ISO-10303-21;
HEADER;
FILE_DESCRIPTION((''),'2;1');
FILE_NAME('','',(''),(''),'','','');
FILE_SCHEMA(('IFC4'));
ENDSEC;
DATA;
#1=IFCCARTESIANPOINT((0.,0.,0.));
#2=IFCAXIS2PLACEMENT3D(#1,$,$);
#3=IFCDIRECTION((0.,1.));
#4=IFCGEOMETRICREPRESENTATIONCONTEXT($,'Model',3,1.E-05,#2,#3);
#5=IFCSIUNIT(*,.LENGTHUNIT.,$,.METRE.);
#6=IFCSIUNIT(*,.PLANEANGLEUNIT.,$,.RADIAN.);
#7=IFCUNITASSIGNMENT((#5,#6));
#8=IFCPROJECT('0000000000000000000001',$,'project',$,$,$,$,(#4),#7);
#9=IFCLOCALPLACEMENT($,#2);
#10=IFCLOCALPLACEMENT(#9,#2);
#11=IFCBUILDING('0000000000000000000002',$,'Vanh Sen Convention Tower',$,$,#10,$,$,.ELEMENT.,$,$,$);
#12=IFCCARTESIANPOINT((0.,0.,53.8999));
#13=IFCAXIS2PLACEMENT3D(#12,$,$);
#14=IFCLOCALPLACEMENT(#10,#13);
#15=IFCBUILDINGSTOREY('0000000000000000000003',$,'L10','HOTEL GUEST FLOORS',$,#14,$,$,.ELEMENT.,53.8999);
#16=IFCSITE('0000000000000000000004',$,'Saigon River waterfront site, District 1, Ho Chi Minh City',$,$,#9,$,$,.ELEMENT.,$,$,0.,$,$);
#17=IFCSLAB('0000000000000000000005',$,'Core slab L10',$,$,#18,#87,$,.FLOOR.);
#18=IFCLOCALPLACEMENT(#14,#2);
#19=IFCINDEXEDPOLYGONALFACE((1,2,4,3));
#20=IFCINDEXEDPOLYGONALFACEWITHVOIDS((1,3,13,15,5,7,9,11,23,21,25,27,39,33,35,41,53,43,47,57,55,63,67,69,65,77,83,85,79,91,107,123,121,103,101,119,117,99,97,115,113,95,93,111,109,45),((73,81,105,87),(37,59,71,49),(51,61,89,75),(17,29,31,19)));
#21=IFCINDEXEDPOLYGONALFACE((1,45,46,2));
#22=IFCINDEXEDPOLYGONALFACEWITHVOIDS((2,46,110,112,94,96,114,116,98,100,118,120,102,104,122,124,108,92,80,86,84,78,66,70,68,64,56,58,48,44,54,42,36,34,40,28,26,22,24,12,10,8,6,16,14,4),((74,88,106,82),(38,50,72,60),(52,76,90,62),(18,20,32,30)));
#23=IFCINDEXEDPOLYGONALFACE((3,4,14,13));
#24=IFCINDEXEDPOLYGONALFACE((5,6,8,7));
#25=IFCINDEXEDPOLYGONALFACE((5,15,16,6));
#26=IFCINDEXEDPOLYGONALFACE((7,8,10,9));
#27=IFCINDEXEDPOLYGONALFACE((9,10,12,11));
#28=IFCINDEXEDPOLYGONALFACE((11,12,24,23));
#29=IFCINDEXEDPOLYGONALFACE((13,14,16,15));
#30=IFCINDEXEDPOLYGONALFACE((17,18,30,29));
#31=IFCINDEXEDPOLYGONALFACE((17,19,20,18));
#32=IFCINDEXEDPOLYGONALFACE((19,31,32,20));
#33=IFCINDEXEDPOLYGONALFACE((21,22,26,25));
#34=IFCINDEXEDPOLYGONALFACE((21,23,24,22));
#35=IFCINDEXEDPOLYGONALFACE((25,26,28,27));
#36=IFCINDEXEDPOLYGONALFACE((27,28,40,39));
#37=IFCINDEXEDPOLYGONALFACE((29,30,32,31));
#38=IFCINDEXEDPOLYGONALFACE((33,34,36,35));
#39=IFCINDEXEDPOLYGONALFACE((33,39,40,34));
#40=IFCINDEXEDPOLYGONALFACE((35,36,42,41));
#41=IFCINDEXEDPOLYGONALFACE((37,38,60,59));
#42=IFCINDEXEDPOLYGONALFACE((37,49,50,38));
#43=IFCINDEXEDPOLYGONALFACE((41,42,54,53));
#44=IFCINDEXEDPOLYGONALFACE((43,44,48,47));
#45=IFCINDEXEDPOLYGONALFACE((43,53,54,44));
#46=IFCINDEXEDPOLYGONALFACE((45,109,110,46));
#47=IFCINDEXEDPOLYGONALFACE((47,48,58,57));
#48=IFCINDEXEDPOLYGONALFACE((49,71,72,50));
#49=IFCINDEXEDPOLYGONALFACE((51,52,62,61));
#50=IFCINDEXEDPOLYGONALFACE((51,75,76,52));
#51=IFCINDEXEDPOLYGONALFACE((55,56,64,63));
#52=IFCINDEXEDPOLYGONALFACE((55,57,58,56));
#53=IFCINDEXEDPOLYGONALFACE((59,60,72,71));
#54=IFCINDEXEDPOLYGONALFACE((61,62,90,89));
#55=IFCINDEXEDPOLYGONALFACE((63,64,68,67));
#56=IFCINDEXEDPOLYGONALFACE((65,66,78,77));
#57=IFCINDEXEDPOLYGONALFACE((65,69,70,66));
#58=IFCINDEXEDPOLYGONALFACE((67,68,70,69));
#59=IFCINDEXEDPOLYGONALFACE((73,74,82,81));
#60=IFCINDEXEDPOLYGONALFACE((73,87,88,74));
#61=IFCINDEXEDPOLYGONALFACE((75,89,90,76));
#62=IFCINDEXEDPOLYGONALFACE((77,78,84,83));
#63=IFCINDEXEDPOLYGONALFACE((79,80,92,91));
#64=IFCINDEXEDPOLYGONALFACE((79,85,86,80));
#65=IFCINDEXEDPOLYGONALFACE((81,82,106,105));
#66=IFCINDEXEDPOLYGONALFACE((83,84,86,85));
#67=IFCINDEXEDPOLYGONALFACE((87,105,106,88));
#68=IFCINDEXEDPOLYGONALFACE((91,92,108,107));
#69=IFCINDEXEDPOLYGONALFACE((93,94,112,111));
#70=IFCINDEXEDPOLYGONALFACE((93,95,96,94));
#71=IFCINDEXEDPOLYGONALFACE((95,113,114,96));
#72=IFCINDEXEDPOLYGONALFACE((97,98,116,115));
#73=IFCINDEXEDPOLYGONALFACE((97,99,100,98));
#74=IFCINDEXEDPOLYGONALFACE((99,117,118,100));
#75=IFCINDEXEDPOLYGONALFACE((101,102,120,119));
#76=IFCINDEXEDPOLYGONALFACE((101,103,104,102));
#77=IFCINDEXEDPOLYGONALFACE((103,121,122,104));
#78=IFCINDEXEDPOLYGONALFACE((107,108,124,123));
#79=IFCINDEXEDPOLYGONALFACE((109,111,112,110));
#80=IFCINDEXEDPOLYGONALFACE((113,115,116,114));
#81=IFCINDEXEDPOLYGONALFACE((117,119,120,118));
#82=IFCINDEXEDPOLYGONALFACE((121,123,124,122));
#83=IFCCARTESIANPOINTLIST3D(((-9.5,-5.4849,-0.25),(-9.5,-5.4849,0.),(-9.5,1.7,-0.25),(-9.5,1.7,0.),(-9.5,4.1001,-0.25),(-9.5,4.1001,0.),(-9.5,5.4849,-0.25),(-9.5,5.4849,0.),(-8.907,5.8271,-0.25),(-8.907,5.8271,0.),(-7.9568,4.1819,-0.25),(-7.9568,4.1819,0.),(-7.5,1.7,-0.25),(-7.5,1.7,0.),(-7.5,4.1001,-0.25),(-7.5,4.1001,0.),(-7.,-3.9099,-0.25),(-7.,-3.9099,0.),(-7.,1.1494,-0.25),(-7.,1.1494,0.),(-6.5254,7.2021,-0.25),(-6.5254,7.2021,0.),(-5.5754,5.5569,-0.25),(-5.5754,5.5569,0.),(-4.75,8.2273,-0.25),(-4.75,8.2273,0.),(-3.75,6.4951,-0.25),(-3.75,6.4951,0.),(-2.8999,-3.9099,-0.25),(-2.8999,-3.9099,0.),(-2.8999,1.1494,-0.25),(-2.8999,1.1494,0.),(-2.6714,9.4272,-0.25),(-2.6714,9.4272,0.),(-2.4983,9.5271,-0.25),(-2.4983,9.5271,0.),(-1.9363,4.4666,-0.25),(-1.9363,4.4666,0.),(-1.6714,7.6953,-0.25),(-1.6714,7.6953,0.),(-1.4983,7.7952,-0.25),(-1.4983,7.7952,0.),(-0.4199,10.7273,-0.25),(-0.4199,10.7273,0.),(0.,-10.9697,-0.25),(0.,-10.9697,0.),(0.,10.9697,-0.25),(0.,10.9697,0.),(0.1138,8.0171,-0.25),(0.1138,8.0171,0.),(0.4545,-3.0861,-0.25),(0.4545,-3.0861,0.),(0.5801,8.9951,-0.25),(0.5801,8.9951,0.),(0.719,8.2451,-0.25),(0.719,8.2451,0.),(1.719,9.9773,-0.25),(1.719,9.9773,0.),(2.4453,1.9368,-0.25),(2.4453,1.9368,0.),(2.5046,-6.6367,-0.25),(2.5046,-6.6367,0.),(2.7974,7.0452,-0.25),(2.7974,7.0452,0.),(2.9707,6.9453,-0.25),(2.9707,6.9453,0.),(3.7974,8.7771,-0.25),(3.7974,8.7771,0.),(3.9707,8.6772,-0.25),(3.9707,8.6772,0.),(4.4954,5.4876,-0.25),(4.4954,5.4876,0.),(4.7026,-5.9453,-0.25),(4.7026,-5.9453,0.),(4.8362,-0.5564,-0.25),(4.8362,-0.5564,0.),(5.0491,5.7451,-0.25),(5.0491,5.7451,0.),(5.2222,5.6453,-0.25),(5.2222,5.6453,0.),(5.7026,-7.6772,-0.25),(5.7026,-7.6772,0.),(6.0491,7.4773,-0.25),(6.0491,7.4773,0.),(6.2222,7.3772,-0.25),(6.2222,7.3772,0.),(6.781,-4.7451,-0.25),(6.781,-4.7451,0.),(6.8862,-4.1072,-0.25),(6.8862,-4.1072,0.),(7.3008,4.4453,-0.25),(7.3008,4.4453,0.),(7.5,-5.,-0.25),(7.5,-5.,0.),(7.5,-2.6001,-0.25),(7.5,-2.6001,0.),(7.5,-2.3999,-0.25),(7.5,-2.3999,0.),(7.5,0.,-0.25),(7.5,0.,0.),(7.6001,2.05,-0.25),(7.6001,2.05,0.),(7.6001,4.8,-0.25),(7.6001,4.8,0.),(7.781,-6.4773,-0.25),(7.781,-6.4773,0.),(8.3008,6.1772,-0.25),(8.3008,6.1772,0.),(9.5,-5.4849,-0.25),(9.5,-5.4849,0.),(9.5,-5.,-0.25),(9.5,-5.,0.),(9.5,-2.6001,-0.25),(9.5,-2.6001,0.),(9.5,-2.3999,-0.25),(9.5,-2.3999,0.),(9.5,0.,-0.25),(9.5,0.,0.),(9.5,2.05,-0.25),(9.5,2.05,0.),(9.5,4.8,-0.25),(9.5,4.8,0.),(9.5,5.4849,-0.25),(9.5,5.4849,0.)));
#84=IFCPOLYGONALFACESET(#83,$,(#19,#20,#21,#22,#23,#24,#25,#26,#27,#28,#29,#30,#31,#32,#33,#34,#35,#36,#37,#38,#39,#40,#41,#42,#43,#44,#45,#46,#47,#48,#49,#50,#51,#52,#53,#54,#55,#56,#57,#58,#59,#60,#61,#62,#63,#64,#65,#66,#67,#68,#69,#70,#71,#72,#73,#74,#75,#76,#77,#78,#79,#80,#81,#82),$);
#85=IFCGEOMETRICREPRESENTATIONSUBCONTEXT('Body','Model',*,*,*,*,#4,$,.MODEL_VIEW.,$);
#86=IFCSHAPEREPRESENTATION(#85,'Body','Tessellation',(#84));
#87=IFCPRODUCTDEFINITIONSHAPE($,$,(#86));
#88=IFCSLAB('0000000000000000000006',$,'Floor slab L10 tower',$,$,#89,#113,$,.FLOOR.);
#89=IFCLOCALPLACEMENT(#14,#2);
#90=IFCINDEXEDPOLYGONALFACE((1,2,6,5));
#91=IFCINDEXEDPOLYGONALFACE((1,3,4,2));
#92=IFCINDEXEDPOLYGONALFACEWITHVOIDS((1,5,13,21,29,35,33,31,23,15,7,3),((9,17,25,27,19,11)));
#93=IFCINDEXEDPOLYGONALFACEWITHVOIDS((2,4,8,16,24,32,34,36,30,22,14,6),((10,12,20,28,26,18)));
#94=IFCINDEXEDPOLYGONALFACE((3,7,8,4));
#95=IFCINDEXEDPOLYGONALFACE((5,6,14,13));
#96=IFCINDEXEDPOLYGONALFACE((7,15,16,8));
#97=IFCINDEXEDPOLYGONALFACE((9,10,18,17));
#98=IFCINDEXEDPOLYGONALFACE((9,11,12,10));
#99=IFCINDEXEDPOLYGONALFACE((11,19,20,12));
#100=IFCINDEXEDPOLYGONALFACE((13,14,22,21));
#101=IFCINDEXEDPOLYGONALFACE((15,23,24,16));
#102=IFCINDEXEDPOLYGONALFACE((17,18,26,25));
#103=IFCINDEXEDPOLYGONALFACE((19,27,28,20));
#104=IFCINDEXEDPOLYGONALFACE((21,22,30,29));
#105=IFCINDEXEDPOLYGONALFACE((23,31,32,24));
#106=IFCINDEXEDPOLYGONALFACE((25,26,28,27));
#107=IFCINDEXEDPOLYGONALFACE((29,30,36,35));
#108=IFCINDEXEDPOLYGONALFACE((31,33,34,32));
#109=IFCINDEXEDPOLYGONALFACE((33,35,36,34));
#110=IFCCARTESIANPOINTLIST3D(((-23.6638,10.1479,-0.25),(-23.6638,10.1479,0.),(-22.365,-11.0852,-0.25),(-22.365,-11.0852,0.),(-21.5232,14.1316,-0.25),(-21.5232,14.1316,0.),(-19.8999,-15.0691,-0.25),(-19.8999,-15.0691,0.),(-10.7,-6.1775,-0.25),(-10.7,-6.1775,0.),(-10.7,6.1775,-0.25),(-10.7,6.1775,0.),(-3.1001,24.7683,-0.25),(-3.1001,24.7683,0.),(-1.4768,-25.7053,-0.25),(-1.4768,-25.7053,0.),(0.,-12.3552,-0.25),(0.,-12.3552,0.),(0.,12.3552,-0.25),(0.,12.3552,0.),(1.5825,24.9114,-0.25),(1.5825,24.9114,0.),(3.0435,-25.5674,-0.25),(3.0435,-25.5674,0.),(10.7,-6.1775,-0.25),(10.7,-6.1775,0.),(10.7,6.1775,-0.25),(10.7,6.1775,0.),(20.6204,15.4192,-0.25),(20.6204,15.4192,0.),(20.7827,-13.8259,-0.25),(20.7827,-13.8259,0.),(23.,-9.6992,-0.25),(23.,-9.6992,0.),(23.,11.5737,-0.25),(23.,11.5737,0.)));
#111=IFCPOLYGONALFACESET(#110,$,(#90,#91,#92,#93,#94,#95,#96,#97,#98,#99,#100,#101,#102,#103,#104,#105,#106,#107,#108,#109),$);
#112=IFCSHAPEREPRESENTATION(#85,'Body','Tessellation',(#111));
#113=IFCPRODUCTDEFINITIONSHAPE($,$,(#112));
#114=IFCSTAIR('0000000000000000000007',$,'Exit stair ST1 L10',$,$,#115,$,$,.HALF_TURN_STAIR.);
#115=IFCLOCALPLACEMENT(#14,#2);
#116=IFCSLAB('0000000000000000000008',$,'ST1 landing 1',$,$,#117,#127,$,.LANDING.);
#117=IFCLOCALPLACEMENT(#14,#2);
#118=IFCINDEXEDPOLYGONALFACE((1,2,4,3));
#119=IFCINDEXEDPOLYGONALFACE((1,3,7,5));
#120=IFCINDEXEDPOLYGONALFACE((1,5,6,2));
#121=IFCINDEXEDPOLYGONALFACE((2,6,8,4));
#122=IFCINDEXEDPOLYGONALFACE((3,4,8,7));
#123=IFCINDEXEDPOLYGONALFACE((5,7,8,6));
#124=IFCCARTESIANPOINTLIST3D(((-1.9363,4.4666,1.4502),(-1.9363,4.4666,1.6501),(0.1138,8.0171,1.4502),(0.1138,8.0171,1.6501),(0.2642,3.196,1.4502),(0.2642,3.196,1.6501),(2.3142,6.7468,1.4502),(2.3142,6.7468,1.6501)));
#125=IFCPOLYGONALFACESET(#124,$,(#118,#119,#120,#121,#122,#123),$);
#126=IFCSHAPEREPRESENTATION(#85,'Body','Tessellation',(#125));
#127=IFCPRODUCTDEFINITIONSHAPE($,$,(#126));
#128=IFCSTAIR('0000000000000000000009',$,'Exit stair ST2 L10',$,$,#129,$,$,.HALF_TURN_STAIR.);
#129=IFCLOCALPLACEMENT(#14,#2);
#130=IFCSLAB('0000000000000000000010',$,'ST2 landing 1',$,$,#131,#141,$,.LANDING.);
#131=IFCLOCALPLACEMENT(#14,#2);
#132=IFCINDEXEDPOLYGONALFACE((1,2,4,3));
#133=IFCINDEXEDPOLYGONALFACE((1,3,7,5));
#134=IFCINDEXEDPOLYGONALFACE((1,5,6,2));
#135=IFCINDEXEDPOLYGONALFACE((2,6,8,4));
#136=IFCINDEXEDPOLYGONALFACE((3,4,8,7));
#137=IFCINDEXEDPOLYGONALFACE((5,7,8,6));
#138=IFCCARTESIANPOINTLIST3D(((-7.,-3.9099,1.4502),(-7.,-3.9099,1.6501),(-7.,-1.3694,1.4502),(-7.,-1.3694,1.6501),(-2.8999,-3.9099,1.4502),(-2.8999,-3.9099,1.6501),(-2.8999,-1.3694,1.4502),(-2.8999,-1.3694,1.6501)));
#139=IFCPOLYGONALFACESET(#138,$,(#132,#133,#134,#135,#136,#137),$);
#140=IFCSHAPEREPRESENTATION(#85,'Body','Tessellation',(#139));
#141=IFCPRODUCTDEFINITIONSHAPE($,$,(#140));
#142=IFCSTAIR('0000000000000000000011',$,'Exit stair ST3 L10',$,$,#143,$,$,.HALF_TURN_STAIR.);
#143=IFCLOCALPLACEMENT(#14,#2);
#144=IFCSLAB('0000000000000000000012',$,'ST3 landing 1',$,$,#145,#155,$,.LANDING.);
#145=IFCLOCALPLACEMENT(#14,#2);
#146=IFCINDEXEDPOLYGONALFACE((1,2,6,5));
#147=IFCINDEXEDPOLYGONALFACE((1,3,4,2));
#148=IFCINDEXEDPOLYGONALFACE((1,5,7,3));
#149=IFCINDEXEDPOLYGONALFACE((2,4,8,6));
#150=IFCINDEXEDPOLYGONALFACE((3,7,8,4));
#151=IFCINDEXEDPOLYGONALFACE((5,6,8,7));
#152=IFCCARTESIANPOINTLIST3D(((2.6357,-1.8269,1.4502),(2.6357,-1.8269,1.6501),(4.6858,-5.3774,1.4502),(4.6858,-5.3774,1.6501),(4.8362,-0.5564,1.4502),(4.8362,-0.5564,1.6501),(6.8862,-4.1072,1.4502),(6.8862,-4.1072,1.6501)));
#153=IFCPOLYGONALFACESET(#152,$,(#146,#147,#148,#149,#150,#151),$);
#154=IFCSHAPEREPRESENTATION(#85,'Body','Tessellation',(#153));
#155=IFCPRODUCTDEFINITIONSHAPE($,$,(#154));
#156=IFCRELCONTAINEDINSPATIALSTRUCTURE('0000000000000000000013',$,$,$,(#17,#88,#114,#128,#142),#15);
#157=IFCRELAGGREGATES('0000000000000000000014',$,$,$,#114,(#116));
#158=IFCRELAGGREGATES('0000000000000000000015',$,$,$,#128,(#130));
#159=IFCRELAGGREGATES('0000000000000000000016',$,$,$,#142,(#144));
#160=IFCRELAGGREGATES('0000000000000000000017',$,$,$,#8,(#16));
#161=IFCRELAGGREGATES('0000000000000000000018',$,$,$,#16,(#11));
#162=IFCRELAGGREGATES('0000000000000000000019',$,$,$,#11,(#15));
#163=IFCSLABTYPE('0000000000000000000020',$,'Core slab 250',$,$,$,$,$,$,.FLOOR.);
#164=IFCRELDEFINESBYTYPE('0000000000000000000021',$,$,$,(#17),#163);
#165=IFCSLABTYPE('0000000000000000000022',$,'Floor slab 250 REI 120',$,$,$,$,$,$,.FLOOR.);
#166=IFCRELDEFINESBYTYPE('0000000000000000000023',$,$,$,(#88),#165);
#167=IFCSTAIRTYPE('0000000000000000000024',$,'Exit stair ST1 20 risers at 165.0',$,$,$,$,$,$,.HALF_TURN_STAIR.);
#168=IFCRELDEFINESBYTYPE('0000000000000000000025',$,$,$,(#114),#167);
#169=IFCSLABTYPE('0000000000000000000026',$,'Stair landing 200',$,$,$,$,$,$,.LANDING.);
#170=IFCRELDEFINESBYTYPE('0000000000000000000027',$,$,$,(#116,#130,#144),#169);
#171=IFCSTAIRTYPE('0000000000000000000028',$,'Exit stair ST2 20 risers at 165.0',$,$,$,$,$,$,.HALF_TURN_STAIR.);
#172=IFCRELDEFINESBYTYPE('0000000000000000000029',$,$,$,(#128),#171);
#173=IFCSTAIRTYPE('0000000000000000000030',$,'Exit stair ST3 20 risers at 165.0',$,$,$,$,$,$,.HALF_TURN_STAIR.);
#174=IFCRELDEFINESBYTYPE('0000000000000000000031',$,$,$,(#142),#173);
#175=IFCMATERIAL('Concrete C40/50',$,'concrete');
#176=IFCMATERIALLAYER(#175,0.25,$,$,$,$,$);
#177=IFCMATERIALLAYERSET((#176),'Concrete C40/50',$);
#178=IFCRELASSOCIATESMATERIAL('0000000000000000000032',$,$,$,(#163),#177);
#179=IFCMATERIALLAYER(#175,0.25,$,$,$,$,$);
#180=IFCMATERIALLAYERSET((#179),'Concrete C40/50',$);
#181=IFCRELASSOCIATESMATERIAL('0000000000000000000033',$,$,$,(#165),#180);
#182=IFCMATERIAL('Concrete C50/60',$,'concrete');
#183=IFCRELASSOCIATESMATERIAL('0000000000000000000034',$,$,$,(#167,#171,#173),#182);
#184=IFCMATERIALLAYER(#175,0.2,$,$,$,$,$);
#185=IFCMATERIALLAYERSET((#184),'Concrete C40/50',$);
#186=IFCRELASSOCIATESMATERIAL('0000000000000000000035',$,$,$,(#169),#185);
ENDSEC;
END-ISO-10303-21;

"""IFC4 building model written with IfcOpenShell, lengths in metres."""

from ifc_helpers import new_model, si_unit, direction, frame, origin, place, context, subcontext, project, spatial, polyline, outline, extrude, material, layer, layer_set, type_object, element, aggregate, save


model = new_model("IFC4")

# Units and contexts
model_context = context("Model", 3, precision=1e-05, world=origin(), true_north=direction((0.0, 1.0)))
body_context = subcontext(model_context, "Body", "Model", "MODEL_VIEW")
ifc_project = project(units=[si_unit("LENGTHUNIT", "METRE"), si_unit("PLANEANGLEUNIT", "RADIAN")], contexts=[model_context])

# Site, building, storey
site_placement = place(None, origin())
site = spatial("IfcSite", under=ifc_project, at=site_placement, Name="Saigon River waterfront site, District 1, Ho Chi Minh City", CompositionType="ELEMENT", RefElevation=0.0)
building_placement = place(site_placement, origin())
building = spatial("IfcBuilding", under=site, at=building_placement, Name="Vanh Sen Convention Tower", CompositionType="ELEMENT")
storey_placement = place(building_placement, frame((0.0, 0.0, 53.8999)))
storey = spatial("IfcBuildingStorey", under=building, at=storey_placement, Name="L10", Description="HOTEL GUEST FLOORS", CompositionType="ELEMENT", Elevation=53.8999)

# Slabs
ifc_material_1 = material(Name="Concrete C40/50", Category="concrete")
ifc_layer_1 = layer(ifc_material_1, 0.25)
ifc_layer_set_1 = layer_set([ifc_layer_1], Name="Concrete C40/50")
slab_type_1 = type_object("IfcSlabType", Name="Core slab 250", PredefinedType="FLOOR", material=ifc_layer_set_1)
slab_1_placement = place(storey_placement, frame((0.0, 0.0, -0.25)))
element("IfcSlab", 1, at=slab_1_placement, inside=storey, type_object=slab_type_1, Name="Core slab L10", PredefinedType="FLOOR", context=body_context, shape_type="SweptSolid", body=[
    extrude(outline(polyline([(9.5, 5.4849), (9.5, 4.8), (7.6001, 4.8), (7.6001, 2.05), (9.5, 2.05), (9.5, 0.0), (7.5, 0.0), (7.5, -2.3999), (9.5, -2.3999), (9.5, -2.6001), (7.5, -2.6001), (7.5, -5.0), (9.5, -5.0), (9.5, -5.4849), (0.0, -10.9697), (-9.5, -5.4849), (-9.5, 1.7), (-7.5, 1.7), (-7.5, 4.1001), (-9.5, 4.1001), (-9.5, 5.4849), (-8.907, 5.8271), (-7.9568, 4.1819), (-5.5754, 5.5569), (-6.5254, 7.2021), (-4.75, 8.2273), (-3.75, 6.4951), (-1.6714, 7.6953), (-2.6714, 9.4272), (-2.4983, 9.5271), (-1.4983, 7.7952), (0.5801, 8.9951), (-0.4199, 10.7273), (0.0, 10.9697), (1.719, 9.9773), (0.719, 8.2451), (2.7974, 7.0452), (3.7974, 8.7771), (3.9707, 8.6772), (2.9707, 6.9453), (5.0491, 5.7451), (6.0491, 7.4773), (6.2222, 7.3772), (5.2222, 5.6453), (7.3008, 4.4453), (8.3008, 6.1772), (9.5, 5.4849)]), holes=[polyline([(-7.0, 3.1499), (-7.0, -3.9099), (-2.8999, -3.9099), (-2.8999, 3.1499), (-2.8999, 1.1494), (-7.0, 1.1494), (-7.0, 3.1499)]), polyline([(4.4954, 5.4875), (6.228, 4.4873), (0.1138, 8.0171), (-1.9363, 4.4666), (2.4453, 1.9368), (4.4954, 5.4875)]), polyline([(7.781, -6.4773), (6.781, -4.7451), (4.7026, -5.9453), (5.7026, -7.6772), (7.781, -6.4773)]), polyline([(0.4546, -3.0862), (2.5046, -6.6367), (6.8862, -4.1072), (4.8362, -0.5564), (-1.2781, -4.0864), (0.4546, -3.0862)])]), origin(), (0.0, 0.0, 1.0), 0.25),
])
ifc_layer_2 = layer(ifc_material_1, 0.25)
ifc_layer_set_2 = layer_set([ifc_layer_2], Name="Concrete C40/50")
slab_type_2 = type_object("IfcSlabType", Name="Floor slab 250 REI 120", PredefinedType="FLOOR", material=ifc_layer_set_2)
slab_2_placement = place(storey_placement, frame((0.0, 0.0, -0.25)))
element("IfcSlab", 2, at=slab_2_placement, inside=storey, type_object=slab_type_2, Name="Floor slab L10 tower", PredefinedType="FLOOR", context=body_context, shape_type="SweptSolid", body=[
    extrude(outline(polyline([(23.0, -9.6992), (23.0, 11.5737), (20.6204, 15.4192), (1.5825, 24.9114), (-3.1001, 24.7683), (-21.5232, 14.1316), (-23.6638, 10.1479), (-22.365, -11.0852), (-19.8999, -15.0691), (-1.4768, -25.7053), (3.0435, -25.5674), (20.7827, -13.8259), (23.0, -9.6992)]), holes=[polyline([(0.0, 12.3552), (-10.7, 6.1775), (-10.7, -6.1775), (0.0, -12.3552), (10.7, -6.1775), (10.7, 6.1775), (0.0, 12.3552)])]), origin(), (0.0, 0.0, 1.0), 0.25),
])

# Stairs, slabs
ifc_material_2 = material(Name="Concrete C50/60", Category="concrete")
stair_type_1 = type_object("IfcStairType", Name="Exit stair ST1 20 risers at 165.0", PredefinedType="HALF_TURN_STAIR", material=ifc_material_2)
stair_1_placement = place(storey_placement, origin())
stair_1 = element("IfcStair", 3, at=stair_1_placement, inside=storey, type_object=stair_type_1, Name="Exit stair ST1 L10", PredefinedType="HALF_TURN_STAIR")
ifc_layer_3 = layer(ifc_material_1, 0.2)
ifc_layer_set_3 = layer_set([ifc_layer_3], Name="Concrete C40/50")
slab_type_3 = type_object("IfcSlabType", Name="Stair landing 200", PredefinedType="LANDING", material=ifc_layer_set_3)
slab_3_placement = place(storey_placement, frame((0.0, 0.0, 1.4502)))
slab_3 = element("IfcSlab", 4, at=slab_3_placement, type_object=slab_type_3, Name="ST1 landing 1", PredefinedType="LANDING", context=body_context, shape_type="SweptSolid", body=[
    extrude(outline(polyline([(2.3142, 6.7468), (0.1138, 8.0171), (-1.9363, 4.4666), (0.2642, 3.196), (2.3142, 6.7468)])), origin(), (0.0, 0.0, 1.0), 0.2),
])
aggregate(stair_1, [slab_3])
stair_type_2 = type_object("IfcStairType", Name="Exit stair ST2 20 risers at 165.0", PredefinedType="HALF_TURN_STAIR", material=ifc_material_2)
stair_2_placement = place(storey_placement, origin())
stair_2 = element("IfcStair", 5, at=stair_2_placement, inside=storey, type_object=stair_type_2, Name="Exit stair ST2 L10", PredefinedType="HALF_TURN_STAIR")
slab_4_placement = place(storey_placement, frame((0.0, 0.0, 1.4502)))
slab_4 = element("IfcSlab", 6, at=slab_4_placement, type_object=slab_type_3, Name="ST2 landing 1", PredefinedType="LANDING", context=body_context, shape_type="SweptSolid", body=[
    extrude(outline(polyline([(-7.0, -1.3694), (-7.0, -3.9099), (-2.8999, -3.9099), (-2.8999, -1.3694), (-7.0, -1.3694)])), origin(), (0.0, 0.0, 1.0), 0.2),
])
aggregate(stair_2, [slab_4])
stair_type_3 = type_object("IfcStairType", Name="Exit stair ST3 20 risers at 165.0", PredefinedType="HALF_TURN_STAIR", material=ifc_material_2)
stair_3_placement = place(storey_placement, origin())
stair_3 = element("IfcStair", 7, at=stair_3_placement, inside=storey, type_object=stair_type_3, Name="Exit stair ST3 L10", PredefinedType="HALF_TURN_STAIR")
slab_5_placement = place(storey_placement, frame((0.0, 0.0, 1.4502)))
slab_5 = element("IfcSlab", 8, at=slab_5_placement, type_object=slab_type_3, Name="ST3 landing 1", PredefinedType="LANDING", context=body_context, shape_type="SweptSolid", body=[
    extrude(outline(polyline([(4.6858, -5.3774), (6.8862, -4.1072), (4.8362, -0.5564), (2.6357, -1.8269), (4.6858, -5.3774)])), origin(), (0.0, 0.0, 1.0), 0.2),
])
aggregate(stair_3, [slab_5])

save(model, "model.ifc")
